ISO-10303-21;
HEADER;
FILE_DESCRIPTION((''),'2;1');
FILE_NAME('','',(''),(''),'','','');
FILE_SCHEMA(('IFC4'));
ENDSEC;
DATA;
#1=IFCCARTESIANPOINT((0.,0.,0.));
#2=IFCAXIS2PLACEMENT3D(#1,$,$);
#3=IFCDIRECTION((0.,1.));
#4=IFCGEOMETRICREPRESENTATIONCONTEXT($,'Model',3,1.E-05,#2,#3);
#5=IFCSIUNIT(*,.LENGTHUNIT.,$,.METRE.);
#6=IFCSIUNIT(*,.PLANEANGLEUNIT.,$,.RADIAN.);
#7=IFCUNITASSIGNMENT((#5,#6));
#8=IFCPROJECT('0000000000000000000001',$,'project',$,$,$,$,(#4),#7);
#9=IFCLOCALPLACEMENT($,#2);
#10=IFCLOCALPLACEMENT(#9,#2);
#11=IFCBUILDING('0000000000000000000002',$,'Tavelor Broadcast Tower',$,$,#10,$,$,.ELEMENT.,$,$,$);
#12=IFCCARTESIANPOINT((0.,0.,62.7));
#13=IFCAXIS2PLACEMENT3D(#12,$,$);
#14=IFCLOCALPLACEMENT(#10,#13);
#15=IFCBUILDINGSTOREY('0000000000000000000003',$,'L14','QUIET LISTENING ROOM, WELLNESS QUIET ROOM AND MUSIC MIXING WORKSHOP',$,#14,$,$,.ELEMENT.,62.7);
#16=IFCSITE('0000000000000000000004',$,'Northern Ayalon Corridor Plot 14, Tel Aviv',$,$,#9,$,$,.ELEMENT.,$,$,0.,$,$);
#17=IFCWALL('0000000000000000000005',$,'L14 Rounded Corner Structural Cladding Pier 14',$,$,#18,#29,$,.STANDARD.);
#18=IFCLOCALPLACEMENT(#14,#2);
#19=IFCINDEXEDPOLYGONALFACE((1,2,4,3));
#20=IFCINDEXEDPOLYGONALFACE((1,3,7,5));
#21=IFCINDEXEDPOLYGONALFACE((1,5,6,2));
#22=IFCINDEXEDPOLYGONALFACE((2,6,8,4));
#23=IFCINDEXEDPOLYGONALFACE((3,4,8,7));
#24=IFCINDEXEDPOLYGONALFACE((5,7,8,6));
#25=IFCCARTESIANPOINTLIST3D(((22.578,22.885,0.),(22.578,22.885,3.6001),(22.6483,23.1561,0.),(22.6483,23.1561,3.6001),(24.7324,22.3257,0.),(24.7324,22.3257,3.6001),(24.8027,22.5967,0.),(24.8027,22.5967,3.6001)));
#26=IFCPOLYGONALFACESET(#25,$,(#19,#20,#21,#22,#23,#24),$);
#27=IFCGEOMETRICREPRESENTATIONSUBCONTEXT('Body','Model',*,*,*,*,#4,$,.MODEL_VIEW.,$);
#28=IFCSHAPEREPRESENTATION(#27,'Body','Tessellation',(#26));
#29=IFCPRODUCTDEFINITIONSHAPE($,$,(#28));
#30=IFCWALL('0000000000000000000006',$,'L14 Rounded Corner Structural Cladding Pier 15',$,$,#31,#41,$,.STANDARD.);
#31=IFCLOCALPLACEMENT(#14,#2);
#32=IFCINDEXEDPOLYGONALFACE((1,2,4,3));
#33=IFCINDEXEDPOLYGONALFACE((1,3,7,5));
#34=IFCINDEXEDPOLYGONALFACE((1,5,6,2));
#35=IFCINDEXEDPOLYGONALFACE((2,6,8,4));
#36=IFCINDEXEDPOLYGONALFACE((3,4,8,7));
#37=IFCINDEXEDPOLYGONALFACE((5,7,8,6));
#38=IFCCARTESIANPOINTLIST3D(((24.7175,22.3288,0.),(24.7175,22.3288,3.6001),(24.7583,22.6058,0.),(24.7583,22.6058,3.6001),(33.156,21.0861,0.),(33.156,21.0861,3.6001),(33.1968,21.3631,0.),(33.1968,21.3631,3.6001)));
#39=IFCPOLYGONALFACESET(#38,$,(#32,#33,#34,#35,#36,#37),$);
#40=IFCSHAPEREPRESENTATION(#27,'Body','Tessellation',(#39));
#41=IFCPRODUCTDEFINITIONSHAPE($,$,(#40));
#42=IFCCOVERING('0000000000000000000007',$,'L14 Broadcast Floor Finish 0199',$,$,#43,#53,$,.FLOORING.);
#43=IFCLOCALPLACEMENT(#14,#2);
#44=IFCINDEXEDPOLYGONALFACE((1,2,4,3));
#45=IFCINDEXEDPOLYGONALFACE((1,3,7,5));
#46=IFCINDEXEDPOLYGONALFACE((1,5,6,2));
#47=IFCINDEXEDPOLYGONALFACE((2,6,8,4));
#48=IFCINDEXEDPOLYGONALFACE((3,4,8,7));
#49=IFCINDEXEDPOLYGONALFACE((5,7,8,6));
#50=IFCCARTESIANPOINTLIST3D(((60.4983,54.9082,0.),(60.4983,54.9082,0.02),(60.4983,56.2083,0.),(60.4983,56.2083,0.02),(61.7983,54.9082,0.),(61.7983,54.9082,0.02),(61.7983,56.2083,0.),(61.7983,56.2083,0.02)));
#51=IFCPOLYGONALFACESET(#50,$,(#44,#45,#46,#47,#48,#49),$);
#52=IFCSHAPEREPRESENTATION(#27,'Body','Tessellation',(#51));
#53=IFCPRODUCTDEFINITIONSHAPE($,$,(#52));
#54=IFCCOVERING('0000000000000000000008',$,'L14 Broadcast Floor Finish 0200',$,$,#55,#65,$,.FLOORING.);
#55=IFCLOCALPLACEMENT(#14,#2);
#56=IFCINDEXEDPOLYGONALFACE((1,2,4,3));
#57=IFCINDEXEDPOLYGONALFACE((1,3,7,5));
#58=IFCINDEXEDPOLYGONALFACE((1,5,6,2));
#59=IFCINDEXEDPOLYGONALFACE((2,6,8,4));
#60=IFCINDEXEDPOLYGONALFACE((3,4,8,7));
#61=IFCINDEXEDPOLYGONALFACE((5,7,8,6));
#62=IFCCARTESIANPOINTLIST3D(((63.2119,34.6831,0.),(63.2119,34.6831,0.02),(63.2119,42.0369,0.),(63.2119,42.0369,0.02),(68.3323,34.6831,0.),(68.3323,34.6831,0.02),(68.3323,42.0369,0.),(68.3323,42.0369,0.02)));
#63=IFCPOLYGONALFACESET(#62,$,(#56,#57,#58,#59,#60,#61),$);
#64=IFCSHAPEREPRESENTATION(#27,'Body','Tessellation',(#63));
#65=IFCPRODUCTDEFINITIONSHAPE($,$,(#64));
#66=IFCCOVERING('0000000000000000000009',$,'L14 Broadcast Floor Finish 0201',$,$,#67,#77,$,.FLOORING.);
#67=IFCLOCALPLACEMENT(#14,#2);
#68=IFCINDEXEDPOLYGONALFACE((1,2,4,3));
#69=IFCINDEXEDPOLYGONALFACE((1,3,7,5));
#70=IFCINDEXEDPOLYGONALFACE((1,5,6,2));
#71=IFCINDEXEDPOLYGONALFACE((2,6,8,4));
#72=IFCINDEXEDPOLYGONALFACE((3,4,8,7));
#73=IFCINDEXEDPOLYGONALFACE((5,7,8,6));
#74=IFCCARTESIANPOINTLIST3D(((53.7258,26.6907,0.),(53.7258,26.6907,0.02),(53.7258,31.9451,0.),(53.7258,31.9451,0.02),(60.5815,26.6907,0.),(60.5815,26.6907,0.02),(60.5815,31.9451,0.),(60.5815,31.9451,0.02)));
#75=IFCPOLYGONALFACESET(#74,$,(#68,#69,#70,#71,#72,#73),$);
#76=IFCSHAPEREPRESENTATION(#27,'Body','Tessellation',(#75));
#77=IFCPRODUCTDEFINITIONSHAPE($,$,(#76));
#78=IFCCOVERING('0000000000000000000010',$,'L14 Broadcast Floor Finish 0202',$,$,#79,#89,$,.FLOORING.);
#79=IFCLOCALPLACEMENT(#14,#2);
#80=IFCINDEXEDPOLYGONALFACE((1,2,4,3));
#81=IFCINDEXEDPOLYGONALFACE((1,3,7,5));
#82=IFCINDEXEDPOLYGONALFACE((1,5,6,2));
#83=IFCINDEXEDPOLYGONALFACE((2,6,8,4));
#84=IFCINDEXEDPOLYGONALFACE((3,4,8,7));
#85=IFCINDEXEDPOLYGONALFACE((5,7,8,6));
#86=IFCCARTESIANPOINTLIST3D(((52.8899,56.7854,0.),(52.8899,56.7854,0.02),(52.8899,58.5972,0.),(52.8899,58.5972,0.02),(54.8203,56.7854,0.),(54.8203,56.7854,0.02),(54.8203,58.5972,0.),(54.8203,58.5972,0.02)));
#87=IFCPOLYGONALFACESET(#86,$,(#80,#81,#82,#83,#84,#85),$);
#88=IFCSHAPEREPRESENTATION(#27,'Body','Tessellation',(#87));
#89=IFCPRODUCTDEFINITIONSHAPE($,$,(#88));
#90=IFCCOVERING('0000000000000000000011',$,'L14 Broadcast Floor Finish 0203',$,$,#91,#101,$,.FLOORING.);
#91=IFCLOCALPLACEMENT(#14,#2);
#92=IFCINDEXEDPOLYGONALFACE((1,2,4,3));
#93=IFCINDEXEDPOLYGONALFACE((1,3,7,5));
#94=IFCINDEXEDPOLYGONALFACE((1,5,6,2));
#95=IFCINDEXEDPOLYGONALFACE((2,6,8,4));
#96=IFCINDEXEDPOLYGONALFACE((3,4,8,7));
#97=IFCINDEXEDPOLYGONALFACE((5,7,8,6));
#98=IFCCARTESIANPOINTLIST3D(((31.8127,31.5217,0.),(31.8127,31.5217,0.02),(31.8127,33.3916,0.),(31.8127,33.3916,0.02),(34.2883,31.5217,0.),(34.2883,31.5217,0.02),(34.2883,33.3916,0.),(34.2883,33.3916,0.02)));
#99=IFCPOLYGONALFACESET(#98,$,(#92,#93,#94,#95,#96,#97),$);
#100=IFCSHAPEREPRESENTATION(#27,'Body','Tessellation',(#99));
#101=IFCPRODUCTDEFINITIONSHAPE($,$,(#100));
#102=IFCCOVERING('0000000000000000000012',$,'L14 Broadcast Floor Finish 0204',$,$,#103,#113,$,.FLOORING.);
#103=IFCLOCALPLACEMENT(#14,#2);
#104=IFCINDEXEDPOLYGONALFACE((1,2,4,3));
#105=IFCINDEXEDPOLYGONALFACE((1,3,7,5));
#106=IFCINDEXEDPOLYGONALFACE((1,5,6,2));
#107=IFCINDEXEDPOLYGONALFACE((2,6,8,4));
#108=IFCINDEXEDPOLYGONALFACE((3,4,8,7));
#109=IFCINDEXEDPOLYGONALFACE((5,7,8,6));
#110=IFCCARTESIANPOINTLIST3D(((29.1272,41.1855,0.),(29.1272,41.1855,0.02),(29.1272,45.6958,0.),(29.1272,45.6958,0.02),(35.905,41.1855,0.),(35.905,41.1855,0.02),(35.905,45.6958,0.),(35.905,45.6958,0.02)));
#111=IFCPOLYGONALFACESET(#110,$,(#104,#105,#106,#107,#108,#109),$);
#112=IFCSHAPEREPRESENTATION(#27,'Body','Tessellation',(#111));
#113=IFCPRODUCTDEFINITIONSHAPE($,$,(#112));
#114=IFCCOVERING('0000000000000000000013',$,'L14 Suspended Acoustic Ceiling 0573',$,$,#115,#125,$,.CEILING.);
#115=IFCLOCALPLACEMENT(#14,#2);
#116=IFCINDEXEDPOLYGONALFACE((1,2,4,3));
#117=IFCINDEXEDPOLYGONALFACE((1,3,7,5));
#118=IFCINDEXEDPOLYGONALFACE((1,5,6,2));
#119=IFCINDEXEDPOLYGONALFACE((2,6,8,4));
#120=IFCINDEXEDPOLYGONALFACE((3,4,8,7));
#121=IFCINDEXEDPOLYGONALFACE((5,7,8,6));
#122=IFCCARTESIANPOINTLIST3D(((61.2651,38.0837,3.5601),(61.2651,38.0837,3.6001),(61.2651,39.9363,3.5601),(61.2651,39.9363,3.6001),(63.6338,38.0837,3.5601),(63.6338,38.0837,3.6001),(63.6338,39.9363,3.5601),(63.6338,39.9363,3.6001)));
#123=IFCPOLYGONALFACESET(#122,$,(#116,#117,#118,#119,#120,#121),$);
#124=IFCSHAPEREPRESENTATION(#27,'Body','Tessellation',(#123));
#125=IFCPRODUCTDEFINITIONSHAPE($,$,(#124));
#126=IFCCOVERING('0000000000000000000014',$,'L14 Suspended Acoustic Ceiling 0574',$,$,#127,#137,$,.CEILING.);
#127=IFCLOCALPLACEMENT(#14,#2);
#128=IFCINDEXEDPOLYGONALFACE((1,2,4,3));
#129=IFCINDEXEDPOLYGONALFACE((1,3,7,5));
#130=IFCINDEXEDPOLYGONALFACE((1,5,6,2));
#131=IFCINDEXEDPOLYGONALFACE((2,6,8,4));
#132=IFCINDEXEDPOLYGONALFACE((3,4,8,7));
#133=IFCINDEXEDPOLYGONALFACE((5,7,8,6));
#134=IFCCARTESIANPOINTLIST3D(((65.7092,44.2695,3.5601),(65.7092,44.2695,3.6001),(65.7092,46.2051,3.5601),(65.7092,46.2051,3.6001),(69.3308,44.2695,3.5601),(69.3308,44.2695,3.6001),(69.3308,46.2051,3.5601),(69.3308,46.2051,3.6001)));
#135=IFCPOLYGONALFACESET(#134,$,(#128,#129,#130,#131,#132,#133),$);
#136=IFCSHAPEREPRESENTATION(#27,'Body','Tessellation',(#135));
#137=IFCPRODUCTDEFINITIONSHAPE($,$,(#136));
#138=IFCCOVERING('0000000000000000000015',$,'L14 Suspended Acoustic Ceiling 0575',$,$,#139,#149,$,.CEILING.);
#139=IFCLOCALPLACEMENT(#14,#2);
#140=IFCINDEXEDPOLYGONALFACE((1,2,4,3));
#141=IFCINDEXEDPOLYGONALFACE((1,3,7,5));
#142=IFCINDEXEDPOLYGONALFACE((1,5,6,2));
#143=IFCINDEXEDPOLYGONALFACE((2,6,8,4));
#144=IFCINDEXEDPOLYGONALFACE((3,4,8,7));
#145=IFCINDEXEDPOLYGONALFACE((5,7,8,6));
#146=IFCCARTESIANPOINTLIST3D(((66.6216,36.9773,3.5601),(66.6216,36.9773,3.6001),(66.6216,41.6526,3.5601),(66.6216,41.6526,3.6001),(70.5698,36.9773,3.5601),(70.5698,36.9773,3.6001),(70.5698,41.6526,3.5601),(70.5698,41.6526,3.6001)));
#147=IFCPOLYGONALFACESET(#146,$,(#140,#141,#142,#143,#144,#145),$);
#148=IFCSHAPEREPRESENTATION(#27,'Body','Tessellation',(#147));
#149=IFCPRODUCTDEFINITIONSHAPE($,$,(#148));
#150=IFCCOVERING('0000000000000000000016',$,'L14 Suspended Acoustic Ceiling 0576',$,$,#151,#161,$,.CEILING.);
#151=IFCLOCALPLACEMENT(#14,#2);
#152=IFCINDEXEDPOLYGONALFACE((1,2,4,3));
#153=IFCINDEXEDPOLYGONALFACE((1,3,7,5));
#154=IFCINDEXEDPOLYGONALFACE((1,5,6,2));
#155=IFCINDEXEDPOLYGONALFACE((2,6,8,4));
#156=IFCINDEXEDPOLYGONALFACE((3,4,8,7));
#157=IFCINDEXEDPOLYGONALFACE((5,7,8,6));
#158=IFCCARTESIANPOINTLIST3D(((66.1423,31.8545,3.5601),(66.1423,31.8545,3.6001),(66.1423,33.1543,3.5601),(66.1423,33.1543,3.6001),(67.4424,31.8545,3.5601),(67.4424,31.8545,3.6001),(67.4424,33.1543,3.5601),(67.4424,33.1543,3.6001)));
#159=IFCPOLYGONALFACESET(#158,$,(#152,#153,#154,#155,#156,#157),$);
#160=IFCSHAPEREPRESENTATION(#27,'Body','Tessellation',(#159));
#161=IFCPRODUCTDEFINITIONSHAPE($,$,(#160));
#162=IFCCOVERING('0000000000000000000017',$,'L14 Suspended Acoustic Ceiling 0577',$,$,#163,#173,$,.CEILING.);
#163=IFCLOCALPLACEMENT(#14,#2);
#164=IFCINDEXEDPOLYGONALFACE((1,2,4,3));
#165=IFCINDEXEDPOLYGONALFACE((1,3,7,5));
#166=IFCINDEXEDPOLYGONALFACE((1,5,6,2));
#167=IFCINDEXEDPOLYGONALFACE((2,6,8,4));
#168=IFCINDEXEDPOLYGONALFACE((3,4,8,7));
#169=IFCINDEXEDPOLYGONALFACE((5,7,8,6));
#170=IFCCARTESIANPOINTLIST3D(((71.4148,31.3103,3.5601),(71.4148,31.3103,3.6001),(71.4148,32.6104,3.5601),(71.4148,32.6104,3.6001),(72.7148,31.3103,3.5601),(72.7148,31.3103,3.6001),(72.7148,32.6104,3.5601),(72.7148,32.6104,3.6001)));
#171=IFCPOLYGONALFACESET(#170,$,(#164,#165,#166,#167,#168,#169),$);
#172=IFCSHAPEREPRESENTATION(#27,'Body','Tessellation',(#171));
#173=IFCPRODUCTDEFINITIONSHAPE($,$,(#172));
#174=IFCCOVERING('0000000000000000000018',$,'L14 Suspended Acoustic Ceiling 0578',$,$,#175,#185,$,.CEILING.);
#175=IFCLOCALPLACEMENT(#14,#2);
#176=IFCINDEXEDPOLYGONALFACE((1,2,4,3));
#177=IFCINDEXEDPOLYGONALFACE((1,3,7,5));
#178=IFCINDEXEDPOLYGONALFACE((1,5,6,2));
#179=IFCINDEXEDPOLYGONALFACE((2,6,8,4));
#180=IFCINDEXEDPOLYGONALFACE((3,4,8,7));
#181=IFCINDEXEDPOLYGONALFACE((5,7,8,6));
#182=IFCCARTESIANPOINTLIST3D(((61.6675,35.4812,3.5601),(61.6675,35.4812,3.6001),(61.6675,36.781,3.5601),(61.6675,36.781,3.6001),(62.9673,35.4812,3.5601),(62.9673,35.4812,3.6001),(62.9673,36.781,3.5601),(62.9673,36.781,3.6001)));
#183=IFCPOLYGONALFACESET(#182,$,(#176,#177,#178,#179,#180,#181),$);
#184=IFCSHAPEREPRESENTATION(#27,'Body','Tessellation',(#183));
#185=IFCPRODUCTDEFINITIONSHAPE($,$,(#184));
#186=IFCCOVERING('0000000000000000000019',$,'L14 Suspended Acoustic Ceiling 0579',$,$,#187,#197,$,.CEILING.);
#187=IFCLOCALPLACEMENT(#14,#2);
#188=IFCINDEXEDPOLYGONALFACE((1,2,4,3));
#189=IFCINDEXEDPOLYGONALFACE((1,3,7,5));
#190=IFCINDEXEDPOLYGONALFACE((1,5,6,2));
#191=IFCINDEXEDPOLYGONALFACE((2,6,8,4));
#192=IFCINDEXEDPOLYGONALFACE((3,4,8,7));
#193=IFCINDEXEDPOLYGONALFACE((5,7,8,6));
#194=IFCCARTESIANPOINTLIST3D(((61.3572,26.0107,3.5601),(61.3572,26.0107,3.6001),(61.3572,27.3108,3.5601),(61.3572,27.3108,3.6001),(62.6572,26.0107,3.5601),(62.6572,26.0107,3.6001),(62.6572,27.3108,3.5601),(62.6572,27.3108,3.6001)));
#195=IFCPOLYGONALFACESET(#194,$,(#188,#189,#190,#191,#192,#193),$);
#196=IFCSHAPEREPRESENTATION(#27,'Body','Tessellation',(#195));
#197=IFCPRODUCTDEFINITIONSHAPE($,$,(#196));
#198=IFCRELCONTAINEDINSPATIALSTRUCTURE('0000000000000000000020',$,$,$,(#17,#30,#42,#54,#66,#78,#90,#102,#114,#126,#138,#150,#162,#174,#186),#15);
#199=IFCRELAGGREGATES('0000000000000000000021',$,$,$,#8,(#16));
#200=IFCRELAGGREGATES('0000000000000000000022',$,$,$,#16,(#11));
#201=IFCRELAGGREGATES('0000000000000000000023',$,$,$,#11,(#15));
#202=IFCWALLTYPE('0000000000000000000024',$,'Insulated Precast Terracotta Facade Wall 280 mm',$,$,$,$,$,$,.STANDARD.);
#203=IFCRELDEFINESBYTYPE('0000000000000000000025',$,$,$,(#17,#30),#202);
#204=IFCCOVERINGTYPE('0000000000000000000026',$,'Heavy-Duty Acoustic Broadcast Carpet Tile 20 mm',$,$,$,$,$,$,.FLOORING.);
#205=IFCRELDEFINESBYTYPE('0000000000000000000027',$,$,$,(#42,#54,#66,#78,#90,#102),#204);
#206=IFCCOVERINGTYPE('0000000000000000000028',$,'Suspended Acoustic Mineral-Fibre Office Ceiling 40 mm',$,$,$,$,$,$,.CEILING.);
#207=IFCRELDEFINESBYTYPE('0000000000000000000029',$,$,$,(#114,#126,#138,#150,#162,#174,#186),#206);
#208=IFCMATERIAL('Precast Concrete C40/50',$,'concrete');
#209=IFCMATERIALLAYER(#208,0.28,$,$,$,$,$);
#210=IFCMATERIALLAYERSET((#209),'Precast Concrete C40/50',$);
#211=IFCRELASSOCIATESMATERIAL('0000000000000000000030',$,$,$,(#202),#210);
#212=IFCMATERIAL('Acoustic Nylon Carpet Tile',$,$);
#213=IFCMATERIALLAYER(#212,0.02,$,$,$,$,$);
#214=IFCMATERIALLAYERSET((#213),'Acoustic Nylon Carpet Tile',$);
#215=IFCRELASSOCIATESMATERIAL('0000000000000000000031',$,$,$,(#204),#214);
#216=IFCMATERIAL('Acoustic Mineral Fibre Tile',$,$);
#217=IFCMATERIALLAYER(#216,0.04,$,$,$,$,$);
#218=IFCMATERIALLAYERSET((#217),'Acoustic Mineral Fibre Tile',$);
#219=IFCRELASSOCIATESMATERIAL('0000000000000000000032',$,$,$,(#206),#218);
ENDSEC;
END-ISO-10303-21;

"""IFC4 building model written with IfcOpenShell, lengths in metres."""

from ifc_helpers import new_model, si_unit, direction, frame, frame_2d, origin, place, context, subcontext, project, spatial, polyline, rectangle, outline, extrude, material, layer, layer_set, type_object, element, save


model = new_model("IFC4")

# Units and contexts
model_context = context("Model", 3, precision=1e-05, world=origin(), true_north=direction((0.0, 1.0)))
body_context = subcontext(model_context, "Body", "Model", "MODEL_VIEW")
ifc_project = project(units=[si_unit("LENGTHUNIT", "METRE"), si_unit("PLANEANGLEUNIT", "RADIAN")], contexts=[model_context])

# Site, building, storey
site_placement = place(None, origin())
site = spatial("IfcSite", under=ifc_project, at=site_placement, Name="Northern Ayalon Corridor Plot 14, Tel Aviv", CompositionType="ELEMENT", RefElevation=0.0)
building_placement = place(site_placement, origin())
building = spatial("IfcBuilding", under=site, at=building_placement, Name="Tavelor Broadcast Tower", CompositionType="ELEMENT")
storey_placement = place(building_placement, frame((0.0, 0.0, 62.7)))
storey = spatial("IfcBuildingStorey", under=building, at=storey_placement, Name="L14", Description="QUIET LISTENING ROOM, WELLNESS QUIET ROOM AND MUSIC MIXING WORKSHOP", CompositionType="ELEMENT", Elevation=62.7)

# Walls
ifc_material_1 = material(Name="Precast Concrete C40/50", Category="concrete")
ifc_layer_1 = layer(ifc_material_1, 0.28)
ifc_layer_set_1 = layer_set([ifc_layer_1], Name="Precast Concrete C40/50")
wall_type = type_object("IfcWallType", Name="Insulated Precast Terracotta Facade Wall 280 mm", PredefinedType="STANDARD", material=ifc_layer_set_1)
wall_1_placement = place(storey_placement, frame((22.6133, 23.0205, 0.0), z_axis=(0.0, 0.0, 1.0), x_axis=(0.967909, -0.251301, 0.0)))
element("IfcWall", 1, at=wall_1_placement, inside=storey, type_object=wall_type, Name="L14 Rounded Corner Structural Cladding Pier 14", PredefinedType="STANDARD", context=body_context, shape_type="SweptSolid", body=[
    extrude(rectangle(XDim=2.2258, YDim=0.28, at=frame_2d((1.1128, 0.0))), origin(), (0.0, 0.0, 1.0), 3.6001),
])
wall_2_placement = place(storey_placement, frame((24.738, 22.4673, 0.0), z_axis=(0.0, 0.0, 1.0), x_axis=(0.98933, -0.145692, 0.0)))
element("IfcWall", 2, at=wall_2_placement, inside=storey, type_object=wall_type, Name="L14 Rounded Corner Structural Cladding Pier 15", PredefinedType="STANDARD", context=body_context, shape_type="SweptSolid", body=[
    extrude(rectangle(XDim=8.5295, YDim=0.28, at=frame_2d((4.2646, 0.0))), origin(), (0.0, 0.0, 1.0), 3.6001),
])

# Coverings
ifc_material_2 = material(Name="Acoustic Nylon Carpet Tile")
ifc_layer_2 = layer(ifc_material_2, 0.02)
ifc_layer_set_2 = layer_set([ifc_layer_2], Name="Acoustic Nylon Carpet Tile")
covering_type_1 = type_object("IfcCoveringType", Name="Heavy-Duty Acoustic Broadcast Carpet Tile 20 mm", PredefinedType="FLOORING", material=ifc_layer_set_2)
covering_1_placement = place(storey_placement, origin())
element("IfcCovering", 3, at=covering_1_placement, inside=storey, type_object=covering_type_1, Name="L14 Broadcast Floor Finish 0199", PredefinedType="FLOORING", context=body_context, shape_type="SweptSolid", body=[
    extrude(outline(polyline([(60.4983, 54.9082), (61.7983, 54.9082), (61.7983, 56.2083), (60.4983, 56.2083), (60.4983, 54.9082)])), origin(), (0.0, 0.0, 1.0), 0.02),
])
covering_2_placement = place(storey_placement, origin())
element("IfcCovering", 4, at=covering_2_placement, inside=storey, type_object=covering_type_1, Name="L14 Broadcast Floor Finish 0200", PredefinedType="FLOORING", context=body_context, shape_type="SweptSolid", body=[
    extrude(outline(polyline([(63.2119, 34.6831), (68.3323, 34.6831), (68.3323, 42.0369), (63.2119, 42.0369), (63.2119, 34.6831)])), origin(), (0.0, 0.0, 1.0), 0.02),
])
covering_3_placement = place(storey_placement, origin())
element("IfcCovering", 5, at=covering_3_placement, inside=storey, type_object=covering_type_1, Name="L14 Broadcast Floor Finish 0201", PredefinedType="FLOORING", context=body_context, shape_type="SweptSolid", body=[
    extrude(outline(polyline([(53.7258, 26.6907), (60.5815, 26.6907), (60.5815, 31.9451), (53.7258, 31.9451), (53.7258, 26.6907)])), origin(), (0.0, 0.0, 1.0), 0.02),
])
covering_4_placement = place(storey_placement, origin())
element("IfcCovering", 6, at=covering_4_placement, inside=storey, type_object=covering_type_1, Name="L14 Broadcast Floor Finish 0202", PredefinedType="FLOORING", context=body_context, shape_type="SweptSolid", body=[
    extrude(outline(polyline([(52.8899, 56.7854), (54.8203, 56.7854), (54.8203, 58.5972), (52.8899, 58.5972), (52.8899, 56.7854)])), origin(), (0.0, 0.0, 1.0), 0.02),
])
covering_5_placement = place(storey_placement, origin())
element("IfcCovering", 7, at=covering_5_placement, inside=storey, type_object=covering_type_1, Name="L14 Broadcast Floor Finish 0203", PredefinedType="FLOORING", context=body_context, shape_type="SweptSolid", body=[
    extrude(outline(polyline([(31.8127, 31.5217), (34.2883, 31.5217), (34.2883, 33.3916), (31.8127, 33.3916), (31.8127, 31.5217)])), origin(), (0.0, 0.0, 1.0), 0.02),
])
covering_6_placement = place(storey_placement, origin())
element("IfcCovering", 8, at=covering_6_placement, inside=storey, type_object=covering_type_1, Name="L14 Broadcast Floor Finish 0204", PredefinedType="FLOORING", context=body_context, shape_type="SweptSolid", body=[
    extrude(outline(polyline([(29.1272, 41.1855), (35.905, 41.1855), (35.905, 45.6958), (29.1272, 45.6958), (29.1272, 41.1855)])), origin(), (0.0, 0.0, 1.0), 0.02),
])
ifc_material_3 = material(Name="Acoustic Mineral Fibre Tile")
ifc_layer_3 = layer(ifc_material_3, 0.04)
ifc_layer_set_3 = layer_set([ifc_layer_3], Name="Acoustic Mineral Fibre Tile")
covering_type_2 = type_object("IfcCoveringType", Name="Suspended Acoustic Mineral-Fibre Office Ceiling 40 mm", PredefinedType="CEILING", material=ifc_layer_set_3)
covering_7_placement = place(storey_placement, frame((0.0, 0.0, 3.5601)))
element("IfcCovering", 9, at=covering_7_placement, inside=storey, type_object=covering_type_2, Name="L14 Suspended Acoustic Ceiling 0573", PredefinedType="CEILING", context=body_context, shape_type="SweptSolid", body=[
    extrude(outline(polyline([(61.2651, 38.0837), (63.6338, 38.0837), (63.6338, 39.9363), (61.2651, 39.9363), (61.2651, 38.0837)])), origin(), (0.0, 0.0, 1.0), 0.04),
])
covering_8_placement = place(storey_placement, frame((0.0, 0.0, 3.5601)))
element("IfcCovering", 10, at=covering_8_placement, inside=storey, type_object=covering_type_2, Name="L14 Suspended Acoustic Ceiling 0574", PredefinedType="CEILING", context=body_context, shape_type="SweptSolid", body=[
    extrude(outline(polyline([(65.7092, 44.2695), (69.3308, 44.2695), (69.3308, 46.2051), (65.7092, 46.2051), (65.7092, 44.2695)])), origin(), (0.0, 0.0, 1.0), 0.04),
])
covering_9_placement = place(storey_placement, frame((0.0, 0.0, 3.5601)))
element("IfcCovering", 11, at=covering_9_placement, inside=storey, type_object=covering_type_2, Name="L14 Suspended Acoustic Ceiling 0575", PredefinedType="CEILING", context=body_context, shape_type="SweptSolid", body=[
    extrude(outline(polyline([(66.6216, 36.9773), (70.5698, 36.9773), (70.5698, 41.6526), (66.6216, 41.6526), (66.6216, 36.9773)])), origin(), (0.0, 0.0, 1.0), 0.04),
])
covering_10_placement = place(storey_placement, frame((0.0, 0.0, 3.5601)))
element("IfcCovering", 12, at=covering_10_placement, inside=storey, type_object=covering_type_2, Name="L14 Suspended Acoustic Ceiling 0576", PredefinedType="CEILING", context=body_context, shape_type="SweptSolid", body=[
    extrude(outline(polyline([(66.1423, 31.8545), (67.4424, 31.8545), (67.4424, 33.1543), (66.1423, 33.1543), (66.1423, 31.8545)])), origin(), (0.0, 0.0, 1.0), 0.04),
])
covering_11_placement = place(storey_placement, frame((0.0, 0.0, 3.5601)))
element("IfcCovering", 13, at=covering_11_placement, inside=storey, type_object=covering_type_2, Name="L14 Suspended Acoustic Ceiling 0577", PredefinedType="CEILING", context=body_context, shape_type="SweptSolid", body=[
    extrude(outline(polyline([(71.4148, 31.3103), (72.7148, 31.3103), (72.7148, 32.6104), (71.4148, 32.6104), (71.4148, 31.3103)])), origin(), (0.0, 0.0, 1.0), 0.04),
])
covering_12_placement = place(storey_placement, frame((0.0, 0.0, 3.5601)))
element("IfcCovering", 14, at=covering_12_placement, inside=storey, type_object=covering_type_2, Name="L14 Suspended Acoustic Ceiling 0578", PredefinedType="CEILING", context=body_context, shape_type="SweptSolid", body=[
    extrude(outline(polyline([(61.6675, 35.4812), (62.9673, 35.4812), (62.9673, 36.781), (61.6675, 36.781), (61.6675, 35.4812)])), origin(), (0.0, 0.0, 1.0), 0.04),
])
covering_13_placement = place(storey_placement, frame((0.0, 0.0, 3.5601)))
element("IfcCovering", 15, at=covering_13_placement, inside=storey, type_object=covering_type_2, Name="L14 Suspended Acoustic Ceiling 0579", PredefinedType="CEILING", context=body_context, shape_type="SweptSolid", body=[
    extrude(outline(polyline([(61.3572, 26.0107), (62.6572, 26.0107), (62.6572, 27.3108), (61.3572, 27.3108), (61.3572, 26.0107)])), origin(), (0.0, 0.0, 1.0), 0.04),
])

save(model, "model.ifc")
